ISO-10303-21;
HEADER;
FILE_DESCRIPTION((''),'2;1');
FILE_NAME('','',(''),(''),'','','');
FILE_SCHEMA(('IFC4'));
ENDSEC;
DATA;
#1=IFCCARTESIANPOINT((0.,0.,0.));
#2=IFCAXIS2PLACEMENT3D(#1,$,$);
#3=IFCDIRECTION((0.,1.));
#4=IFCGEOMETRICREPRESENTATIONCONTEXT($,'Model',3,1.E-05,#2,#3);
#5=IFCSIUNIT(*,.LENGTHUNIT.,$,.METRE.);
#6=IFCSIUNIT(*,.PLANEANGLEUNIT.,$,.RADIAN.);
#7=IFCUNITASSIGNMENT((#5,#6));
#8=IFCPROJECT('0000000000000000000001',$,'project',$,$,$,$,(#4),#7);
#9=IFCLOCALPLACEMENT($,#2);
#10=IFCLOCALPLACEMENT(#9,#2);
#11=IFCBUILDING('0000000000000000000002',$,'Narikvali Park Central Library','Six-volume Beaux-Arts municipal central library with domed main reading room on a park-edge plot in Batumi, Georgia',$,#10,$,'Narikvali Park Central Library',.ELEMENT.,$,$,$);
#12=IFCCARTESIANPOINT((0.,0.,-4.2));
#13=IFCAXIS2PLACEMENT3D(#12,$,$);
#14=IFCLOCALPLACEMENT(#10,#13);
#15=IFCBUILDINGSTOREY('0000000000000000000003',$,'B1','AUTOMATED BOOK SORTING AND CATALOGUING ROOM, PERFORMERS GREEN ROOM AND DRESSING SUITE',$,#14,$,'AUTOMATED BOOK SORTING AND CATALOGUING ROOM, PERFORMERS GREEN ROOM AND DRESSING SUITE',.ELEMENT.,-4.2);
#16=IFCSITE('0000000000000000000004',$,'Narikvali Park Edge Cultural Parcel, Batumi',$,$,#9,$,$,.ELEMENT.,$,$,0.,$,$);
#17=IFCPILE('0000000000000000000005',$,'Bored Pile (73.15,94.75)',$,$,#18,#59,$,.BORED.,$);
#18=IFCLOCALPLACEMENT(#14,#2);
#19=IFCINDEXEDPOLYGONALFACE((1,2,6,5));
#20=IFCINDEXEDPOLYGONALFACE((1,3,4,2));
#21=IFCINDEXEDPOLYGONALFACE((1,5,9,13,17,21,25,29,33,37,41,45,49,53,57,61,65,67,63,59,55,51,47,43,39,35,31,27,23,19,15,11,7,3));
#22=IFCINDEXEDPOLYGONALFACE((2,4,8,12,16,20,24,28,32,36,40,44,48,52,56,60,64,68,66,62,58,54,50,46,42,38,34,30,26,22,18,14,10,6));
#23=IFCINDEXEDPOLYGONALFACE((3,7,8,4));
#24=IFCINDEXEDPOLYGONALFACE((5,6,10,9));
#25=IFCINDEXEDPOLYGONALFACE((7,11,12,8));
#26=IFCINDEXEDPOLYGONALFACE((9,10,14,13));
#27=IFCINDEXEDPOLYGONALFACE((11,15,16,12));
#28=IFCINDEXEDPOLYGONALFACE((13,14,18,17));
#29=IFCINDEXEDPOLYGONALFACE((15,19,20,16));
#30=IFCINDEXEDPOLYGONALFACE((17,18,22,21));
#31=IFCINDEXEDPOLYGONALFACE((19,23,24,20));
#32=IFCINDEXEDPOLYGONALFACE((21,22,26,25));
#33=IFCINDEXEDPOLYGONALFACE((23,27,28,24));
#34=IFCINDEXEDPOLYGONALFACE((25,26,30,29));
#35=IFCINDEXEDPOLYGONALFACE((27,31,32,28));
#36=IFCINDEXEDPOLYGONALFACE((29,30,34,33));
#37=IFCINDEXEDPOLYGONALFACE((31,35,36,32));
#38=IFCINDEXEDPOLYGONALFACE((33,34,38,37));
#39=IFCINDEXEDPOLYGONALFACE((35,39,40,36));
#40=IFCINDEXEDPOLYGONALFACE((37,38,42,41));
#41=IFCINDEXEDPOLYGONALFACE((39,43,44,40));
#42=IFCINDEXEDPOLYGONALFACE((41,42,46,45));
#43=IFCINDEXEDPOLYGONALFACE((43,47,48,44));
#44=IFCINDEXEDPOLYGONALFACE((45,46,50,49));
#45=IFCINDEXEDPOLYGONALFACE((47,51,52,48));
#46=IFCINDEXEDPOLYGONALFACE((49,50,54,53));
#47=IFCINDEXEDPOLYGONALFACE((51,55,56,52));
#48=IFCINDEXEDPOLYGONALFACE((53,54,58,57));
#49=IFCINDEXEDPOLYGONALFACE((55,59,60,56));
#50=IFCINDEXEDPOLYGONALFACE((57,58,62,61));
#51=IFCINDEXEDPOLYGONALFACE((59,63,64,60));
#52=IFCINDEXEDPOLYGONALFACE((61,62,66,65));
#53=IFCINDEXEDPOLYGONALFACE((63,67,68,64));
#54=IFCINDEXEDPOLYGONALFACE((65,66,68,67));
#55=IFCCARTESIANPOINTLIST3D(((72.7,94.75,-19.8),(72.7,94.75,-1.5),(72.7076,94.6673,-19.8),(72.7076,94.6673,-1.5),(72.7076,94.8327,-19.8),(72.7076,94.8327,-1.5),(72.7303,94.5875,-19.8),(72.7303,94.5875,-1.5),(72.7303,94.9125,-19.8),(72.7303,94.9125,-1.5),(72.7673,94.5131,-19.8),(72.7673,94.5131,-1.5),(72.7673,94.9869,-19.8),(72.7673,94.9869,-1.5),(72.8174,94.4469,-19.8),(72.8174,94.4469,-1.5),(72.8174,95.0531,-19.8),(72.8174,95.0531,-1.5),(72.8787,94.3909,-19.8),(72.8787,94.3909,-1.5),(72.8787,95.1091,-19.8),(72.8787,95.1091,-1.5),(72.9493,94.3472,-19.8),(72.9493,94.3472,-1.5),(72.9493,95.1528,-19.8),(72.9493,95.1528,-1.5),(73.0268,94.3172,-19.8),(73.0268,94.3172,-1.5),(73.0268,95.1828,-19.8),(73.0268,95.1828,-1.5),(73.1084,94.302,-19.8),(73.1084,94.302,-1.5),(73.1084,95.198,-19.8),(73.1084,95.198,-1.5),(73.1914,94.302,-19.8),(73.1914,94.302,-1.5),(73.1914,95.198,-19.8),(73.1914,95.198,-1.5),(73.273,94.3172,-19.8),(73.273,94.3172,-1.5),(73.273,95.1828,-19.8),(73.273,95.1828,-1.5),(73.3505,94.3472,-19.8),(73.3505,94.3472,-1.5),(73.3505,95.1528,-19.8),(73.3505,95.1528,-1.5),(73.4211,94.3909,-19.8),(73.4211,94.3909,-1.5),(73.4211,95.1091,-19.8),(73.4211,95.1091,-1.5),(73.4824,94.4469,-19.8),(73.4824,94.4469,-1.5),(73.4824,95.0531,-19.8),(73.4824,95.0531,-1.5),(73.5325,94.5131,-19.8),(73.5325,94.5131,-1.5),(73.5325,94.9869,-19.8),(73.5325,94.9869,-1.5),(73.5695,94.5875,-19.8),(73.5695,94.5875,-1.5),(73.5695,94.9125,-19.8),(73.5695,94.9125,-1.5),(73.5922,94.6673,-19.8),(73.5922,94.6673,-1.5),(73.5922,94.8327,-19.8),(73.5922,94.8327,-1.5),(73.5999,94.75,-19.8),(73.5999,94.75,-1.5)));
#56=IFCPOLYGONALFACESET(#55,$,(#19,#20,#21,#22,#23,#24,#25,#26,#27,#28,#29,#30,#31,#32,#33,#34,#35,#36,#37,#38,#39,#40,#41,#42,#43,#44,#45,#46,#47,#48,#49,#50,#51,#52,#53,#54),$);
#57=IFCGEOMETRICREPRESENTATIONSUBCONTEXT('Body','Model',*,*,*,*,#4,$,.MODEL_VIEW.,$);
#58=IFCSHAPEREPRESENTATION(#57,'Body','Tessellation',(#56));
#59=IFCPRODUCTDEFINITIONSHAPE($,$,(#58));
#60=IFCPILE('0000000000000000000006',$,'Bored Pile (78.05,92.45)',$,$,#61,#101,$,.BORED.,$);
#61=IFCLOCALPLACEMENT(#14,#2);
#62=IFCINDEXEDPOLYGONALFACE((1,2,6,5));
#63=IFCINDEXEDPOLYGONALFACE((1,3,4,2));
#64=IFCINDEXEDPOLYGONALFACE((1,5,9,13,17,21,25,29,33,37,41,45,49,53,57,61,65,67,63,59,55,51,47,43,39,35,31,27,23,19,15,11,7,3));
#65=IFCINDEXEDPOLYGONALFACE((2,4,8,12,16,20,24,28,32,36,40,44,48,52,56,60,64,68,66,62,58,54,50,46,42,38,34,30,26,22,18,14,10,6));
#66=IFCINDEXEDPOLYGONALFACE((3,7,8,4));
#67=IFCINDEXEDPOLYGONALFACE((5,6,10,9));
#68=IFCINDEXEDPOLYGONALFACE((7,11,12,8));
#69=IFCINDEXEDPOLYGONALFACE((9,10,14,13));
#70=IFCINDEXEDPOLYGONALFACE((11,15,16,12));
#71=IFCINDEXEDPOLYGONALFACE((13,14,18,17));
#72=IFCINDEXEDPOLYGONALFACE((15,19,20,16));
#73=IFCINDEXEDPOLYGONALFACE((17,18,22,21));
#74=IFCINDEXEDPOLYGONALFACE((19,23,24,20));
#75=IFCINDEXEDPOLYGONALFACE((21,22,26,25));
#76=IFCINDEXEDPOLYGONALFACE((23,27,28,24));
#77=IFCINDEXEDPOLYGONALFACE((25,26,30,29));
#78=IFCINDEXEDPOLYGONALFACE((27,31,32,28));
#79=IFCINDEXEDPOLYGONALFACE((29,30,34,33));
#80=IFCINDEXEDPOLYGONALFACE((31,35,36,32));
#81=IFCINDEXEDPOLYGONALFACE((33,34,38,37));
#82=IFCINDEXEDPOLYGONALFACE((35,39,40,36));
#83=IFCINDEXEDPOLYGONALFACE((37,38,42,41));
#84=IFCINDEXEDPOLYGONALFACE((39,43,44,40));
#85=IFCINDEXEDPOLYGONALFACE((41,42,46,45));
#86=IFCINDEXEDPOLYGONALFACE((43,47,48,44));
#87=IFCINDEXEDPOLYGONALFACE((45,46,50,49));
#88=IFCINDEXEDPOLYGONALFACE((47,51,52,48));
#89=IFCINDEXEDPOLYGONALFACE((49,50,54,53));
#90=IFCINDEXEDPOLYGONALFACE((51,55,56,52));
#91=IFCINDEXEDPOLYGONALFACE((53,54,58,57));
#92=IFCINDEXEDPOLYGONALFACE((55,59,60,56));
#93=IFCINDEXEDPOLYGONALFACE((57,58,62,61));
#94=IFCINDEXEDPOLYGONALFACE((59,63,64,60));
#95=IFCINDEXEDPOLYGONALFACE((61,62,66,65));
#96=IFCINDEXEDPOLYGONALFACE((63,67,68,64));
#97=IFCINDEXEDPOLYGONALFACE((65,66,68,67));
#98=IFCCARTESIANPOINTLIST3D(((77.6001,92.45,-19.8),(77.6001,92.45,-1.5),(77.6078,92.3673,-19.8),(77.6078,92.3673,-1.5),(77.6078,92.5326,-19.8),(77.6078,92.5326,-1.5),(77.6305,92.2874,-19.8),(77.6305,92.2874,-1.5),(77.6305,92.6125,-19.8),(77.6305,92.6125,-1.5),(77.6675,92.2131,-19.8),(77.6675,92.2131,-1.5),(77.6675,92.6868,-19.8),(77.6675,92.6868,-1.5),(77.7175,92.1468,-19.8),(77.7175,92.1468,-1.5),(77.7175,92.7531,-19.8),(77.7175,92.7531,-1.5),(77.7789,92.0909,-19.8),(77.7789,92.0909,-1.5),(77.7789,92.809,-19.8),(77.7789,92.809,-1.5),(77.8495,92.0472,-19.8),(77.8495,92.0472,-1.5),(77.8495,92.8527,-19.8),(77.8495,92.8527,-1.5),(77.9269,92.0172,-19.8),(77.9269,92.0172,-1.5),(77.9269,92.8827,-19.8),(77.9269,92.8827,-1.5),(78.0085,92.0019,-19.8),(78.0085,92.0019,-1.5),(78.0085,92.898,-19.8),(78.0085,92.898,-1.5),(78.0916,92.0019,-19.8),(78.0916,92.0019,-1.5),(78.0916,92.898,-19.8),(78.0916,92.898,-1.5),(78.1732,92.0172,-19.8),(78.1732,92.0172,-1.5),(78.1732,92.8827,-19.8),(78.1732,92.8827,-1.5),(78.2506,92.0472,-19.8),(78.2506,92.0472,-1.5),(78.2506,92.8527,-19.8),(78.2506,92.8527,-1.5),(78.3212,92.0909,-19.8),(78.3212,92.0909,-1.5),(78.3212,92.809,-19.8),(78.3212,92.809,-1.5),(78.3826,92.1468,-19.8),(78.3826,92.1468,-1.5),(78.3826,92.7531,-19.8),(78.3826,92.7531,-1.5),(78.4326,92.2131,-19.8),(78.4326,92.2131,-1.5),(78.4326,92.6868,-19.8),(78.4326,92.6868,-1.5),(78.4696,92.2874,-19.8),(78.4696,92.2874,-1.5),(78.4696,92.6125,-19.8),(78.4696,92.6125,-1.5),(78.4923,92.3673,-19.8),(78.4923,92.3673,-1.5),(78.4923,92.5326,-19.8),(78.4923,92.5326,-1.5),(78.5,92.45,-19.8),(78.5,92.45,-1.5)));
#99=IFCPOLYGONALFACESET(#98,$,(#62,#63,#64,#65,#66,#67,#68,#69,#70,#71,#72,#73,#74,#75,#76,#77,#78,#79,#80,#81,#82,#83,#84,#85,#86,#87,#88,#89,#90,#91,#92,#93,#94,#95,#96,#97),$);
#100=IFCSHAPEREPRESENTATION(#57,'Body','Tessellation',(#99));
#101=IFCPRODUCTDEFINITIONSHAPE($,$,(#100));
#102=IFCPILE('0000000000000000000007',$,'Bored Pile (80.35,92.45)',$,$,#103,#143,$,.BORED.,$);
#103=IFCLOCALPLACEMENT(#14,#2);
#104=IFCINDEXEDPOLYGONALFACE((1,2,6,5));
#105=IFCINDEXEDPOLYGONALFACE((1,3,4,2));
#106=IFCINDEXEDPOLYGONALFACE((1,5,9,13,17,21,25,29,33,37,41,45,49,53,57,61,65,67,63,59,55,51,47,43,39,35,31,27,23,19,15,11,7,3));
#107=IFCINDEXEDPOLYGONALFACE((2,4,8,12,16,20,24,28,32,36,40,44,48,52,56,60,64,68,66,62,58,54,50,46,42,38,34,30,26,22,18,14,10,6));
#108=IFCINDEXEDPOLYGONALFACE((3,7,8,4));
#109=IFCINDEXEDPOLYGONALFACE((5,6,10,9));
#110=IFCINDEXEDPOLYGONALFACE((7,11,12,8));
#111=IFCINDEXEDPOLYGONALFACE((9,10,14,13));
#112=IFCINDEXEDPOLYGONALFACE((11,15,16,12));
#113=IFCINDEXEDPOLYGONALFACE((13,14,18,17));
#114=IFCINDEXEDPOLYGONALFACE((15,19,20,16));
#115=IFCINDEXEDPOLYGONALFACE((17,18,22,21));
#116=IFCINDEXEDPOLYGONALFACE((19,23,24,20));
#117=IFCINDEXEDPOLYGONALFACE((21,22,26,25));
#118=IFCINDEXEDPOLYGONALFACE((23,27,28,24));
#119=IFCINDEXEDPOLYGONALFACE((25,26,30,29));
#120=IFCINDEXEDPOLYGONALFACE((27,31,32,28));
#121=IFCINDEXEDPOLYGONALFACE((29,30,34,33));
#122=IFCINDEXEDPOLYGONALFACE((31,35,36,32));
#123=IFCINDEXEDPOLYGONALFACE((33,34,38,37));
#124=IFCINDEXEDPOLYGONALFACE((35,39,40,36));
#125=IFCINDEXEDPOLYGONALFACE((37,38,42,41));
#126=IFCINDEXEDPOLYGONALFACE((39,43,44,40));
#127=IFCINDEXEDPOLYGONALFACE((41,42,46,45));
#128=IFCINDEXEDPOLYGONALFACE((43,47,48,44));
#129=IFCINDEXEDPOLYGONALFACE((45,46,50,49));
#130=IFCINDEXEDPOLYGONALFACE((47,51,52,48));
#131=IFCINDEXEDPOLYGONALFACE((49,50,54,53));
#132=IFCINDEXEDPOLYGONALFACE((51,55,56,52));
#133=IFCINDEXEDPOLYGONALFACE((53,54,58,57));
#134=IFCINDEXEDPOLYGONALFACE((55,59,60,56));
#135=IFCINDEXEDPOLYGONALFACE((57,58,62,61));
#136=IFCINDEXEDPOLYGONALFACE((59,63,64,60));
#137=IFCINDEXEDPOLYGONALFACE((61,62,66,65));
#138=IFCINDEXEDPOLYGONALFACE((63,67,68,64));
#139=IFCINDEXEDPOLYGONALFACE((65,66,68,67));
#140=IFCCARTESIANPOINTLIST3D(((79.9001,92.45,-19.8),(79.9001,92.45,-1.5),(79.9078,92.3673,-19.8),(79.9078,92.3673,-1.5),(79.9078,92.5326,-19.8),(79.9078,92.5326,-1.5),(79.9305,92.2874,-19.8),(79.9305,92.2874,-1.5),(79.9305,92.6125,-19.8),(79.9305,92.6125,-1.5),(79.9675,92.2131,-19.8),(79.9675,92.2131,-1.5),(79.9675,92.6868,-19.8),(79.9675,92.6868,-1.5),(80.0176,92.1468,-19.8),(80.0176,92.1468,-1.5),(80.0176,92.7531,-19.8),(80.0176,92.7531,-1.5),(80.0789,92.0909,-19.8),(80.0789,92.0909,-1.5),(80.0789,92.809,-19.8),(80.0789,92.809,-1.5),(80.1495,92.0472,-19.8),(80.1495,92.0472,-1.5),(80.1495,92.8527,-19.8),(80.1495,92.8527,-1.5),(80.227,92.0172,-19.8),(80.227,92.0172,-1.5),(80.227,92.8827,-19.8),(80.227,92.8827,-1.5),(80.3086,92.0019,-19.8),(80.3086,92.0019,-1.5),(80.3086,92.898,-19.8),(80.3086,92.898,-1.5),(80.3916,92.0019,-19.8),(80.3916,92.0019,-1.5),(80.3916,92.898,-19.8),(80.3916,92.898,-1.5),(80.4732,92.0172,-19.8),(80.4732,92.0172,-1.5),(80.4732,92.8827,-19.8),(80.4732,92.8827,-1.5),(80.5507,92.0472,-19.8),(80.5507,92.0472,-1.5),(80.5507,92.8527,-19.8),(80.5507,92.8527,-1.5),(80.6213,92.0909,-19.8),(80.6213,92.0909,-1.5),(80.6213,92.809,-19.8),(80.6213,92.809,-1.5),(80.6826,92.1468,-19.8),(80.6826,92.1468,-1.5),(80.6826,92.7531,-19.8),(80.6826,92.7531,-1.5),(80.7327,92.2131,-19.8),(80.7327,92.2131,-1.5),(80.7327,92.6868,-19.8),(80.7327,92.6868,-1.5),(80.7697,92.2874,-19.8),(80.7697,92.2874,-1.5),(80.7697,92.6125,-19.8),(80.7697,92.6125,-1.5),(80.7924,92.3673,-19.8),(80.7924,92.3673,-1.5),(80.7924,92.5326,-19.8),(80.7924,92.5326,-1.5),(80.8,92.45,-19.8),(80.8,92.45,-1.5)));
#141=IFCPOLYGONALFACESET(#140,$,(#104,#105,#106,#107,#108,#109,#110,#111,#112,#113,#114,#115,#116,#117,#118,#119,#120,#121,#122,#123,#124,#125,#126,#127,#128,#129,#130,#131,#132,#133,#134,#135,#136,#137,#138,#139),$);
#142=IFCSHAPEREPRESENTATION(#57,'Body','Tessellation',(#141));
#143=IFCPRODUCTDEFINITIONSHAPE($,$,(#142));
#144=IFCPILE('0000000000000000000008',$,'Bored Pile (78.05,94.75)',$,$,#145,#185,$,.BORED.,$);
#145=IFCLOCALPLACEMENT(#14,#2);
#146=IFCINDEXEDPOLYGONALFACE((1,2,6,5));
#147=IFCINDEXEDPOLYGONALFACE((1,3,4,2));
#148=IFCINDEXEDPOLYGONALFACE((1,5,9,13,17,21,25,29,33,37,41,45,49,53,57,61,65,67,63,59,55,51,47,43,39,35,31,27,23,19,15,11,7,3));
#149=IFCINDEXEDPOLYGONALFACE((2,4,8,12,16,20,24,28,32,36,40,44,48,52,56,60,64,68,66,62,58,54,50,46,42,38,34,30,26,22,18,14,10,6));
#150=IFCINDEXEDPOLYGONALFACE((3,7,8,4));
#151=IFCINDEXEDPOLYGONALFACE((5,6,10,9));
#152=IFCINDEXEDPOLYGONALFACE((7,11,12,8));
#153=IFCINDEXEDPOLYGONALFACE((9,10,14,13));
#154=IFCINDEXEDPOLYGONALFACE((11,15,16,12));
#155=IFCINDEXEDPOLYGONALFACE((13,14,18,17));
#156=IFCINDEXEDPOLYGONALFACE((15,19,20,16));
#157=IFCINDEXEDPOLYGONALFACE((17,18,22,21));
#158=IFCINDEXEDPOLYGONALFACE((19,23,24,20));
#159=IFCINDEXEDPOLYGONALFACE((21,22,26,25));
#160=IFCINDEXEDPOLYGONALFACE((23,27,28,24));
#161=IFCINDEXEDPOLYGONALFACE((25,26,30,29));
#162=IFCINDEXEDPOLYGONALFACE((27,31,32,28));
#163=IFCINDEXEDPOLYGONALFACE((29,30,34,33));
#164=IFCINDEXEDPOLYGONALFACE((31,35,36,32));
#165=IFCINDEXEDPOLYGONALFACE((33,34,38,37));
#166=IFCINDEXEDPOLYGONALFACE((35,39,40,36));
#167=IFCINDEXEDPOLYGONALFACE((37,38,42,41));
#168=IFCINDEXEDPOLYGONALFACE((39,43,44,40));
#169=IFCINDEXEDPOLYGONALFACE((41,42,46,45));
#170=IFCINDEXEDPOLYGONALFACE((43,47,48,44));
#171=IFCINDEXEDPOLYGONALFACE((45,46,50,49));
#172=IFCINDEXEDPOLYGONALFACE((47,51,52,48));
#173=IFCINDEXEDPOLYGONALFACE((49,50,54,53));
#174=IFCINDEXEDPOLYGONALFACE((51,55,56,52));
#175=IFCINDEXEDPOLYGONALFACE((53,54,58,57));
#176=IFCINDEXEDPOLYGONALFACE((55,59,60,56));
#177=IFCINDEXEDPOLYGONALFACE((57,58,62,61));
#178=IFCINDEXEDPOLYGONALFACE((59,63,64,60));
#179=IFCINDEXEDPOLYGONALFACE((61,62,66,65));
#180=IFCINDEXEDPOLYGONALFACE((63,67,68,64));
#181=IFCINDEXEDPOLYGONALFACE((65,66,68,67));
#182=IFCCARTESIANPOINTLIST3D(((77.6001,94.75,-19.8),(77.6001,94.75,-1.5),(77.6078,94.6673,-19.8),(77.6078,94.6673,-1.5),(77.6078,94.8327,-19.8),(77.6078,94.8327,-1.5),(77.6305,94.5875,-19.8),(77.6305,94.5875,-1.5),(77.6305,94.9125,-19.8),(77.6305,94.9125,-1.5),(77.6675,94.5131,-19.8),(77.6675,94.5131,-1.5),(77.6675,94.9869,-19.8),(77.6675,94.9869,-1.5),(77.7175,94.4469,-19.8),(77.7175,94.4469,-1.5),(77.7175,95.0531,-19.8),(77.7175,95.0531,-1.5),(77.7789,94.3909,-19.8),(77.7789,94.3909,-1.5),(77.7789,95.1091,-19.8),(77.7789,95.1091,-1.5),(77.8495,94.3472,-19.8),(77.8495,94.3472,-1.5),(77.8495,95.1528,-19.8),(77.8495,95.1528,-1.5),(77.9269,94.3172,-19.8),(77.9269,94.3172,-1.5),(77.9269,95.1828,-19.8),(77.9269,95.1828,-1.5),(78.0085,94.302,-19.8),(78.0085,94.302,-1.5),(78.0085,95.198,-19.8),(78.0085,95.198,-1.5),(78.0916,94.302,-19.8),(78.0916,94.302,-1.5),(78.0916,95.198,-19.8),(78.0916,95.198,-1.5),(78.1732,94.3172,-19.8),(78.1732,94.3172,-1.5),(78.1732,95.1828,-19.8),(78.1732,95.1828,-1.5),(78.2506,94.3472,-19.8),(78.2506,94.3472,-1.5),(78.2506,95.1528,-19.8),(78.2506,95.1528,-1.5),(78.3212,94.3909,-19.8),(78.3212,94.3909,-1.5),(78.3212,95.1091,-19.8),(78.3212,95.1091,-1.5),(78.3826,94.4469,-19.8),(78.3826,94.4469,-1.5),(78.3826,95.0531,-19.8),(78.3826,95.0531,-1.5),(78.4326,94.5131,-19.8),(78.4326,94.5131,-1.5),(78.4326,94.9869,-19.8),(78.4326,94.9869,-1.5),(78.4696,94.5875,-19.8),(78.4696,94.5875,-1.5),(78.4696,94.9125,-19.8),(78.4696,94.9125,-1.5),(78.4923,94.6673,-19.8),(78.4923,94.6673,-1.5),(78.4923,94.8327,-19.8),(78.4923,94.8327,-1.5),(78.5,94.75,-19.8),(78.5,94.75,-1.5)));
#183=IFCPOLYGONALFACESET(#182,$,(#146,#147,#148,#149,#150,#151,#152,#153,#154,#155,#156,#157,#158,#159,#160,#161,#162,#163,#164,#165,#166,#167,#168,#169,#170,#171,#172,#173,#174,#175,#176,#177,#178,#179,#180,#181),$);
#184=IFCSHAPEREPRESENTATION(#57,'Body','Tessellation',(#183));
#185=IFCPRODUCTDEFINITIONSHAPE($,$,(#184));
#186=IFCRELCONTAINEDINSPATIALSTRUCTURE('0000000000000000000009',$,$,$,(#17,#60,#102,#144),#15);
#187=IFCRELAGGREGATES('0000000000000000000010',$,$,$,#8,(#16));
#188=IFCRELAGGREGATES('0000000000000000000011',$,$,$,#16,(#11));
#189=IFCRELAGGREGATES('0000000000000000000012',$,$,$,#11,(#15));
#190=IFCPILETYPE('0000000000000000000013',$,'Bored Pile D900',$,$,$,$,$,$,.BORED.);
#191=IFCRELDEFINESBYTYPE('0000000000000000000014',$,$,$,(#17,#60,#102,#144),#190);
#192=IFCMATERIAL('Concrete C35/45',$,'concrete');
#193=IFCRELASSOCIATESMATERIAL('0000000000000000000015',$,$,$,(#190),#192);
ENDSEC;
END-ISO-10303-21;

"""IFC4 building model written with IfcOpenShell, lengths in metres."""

from ifc_helpers import new_model, si_unit, direction, frame, origin, origin_2d, place, context, subcontext, project, spatial, circle, extrude, material, material_profile, profile_set, type_object, element, save


model = new_model("IFC4")

# Units and contexts
model_context = context("Model", 3, precision=1e-05, world=origin(), true_north=direction((0.0, 1.0)))
body_context = subcontext(model_context, "Body", "Model", "MODEL_VIEW")
ifc_project = project(units=[si_unit("LENGTHUNIT", "METRE"), si_unit("PLANEANGLEUNIT", "RADIAN")], contexts=[model_context])

# Site, building, storey
site_placement = place(None, origin())
site = spatial("IfcSite", under=ifc_project, at=site_placement, Name="Narikvali Park Edge Cultural Parcel, Batumi", CompositionType="ELEMENT", RefElevation=0.0)
building_placement = place(site_placement, origin())
building = spatial("IfcBuilding", under=site, at=building_placement, Name="Narikvali Park Central Library", Description="Six-volume Beaux-Arts municipal central library with domed main reading room on a park-edge plot in Batumi, Georgia", LongName="Narikvali Park Central Library", CompositionType="ELEMENT")
storey_placement = place(building_placement, frame((0.0, 0.0, -4.2)))
storey = spatial("IfcBuildingStorey", under=building, at=storey_placement, Name="B1", Description="AUTOMATED BOOK SORTING AND CATALOGUING ROOM, PERFORMERS GREEN ROOM AND DRESSING SUITE", LongName="AUTOMATED BOOK SORTING AND CATALOGUING ROOM, PERFORMERS GREEN ROOM AND DRESSING SUITE", CompositionType="ELEMENT", Elevation=-4.2)

# Piles
ifc_material_1 = material(Name="Concrete C35/45", Category="concrete")
ifc_material_profile_1 = material_profile(ifc_material_1, circle(Radius=0.45, at=origin_2d()), Name="PILE D900")
ifc_profile_set_1 = profile_set([ifc_material_profile_1], Name="Concrete C35/45")
pile_type_1 = type_object("IfcPileType", Name="Bored Pile D900", PredefinedType="BORED", material=ifc_profile_set_1)
for number, where, z_axis, x_axis, name in (
    (1, (73.1499, 94.75, -1.5), (0.0, 0.0, -1.0), (1.0, 0.0, 0.0), "Bored Pile (73.15,94.75)"),
    (2, (78.05, 92.45, -1.5), (0.0, 0.0, -1.0), (1.0, 0.0, 0.0), "Bored Pile (78.05,92.45)"),
    (3, (80.3501, 92.45, -1.5), (0.0, 0.0, -1.0), (1.0, 0.0, 0.0), "Bored Pile (80.35,92.45)"),
    (4, (78.05, 94.75, -1.5), (0.0, 0.0, -1.0), (1.0, 0.0, 0.0), "Bored Pile (78.05,94.75)"),
):
    element("IfcPile", number, at=place(storey_placement, frame(where, z_axis=z_axis, x_axis=x_axis)), inside=storey, type_object=pile_type_1, Name=name, PredefinedType="BORED", context=body_context, shape_type="SweptSolid", body=[
        extrude(circle(Radius=0.45, at=origin_2d()), origin(), (0.0, 0.0, 1.0), 18.3),
    ])

save(model, "model.ifc")
